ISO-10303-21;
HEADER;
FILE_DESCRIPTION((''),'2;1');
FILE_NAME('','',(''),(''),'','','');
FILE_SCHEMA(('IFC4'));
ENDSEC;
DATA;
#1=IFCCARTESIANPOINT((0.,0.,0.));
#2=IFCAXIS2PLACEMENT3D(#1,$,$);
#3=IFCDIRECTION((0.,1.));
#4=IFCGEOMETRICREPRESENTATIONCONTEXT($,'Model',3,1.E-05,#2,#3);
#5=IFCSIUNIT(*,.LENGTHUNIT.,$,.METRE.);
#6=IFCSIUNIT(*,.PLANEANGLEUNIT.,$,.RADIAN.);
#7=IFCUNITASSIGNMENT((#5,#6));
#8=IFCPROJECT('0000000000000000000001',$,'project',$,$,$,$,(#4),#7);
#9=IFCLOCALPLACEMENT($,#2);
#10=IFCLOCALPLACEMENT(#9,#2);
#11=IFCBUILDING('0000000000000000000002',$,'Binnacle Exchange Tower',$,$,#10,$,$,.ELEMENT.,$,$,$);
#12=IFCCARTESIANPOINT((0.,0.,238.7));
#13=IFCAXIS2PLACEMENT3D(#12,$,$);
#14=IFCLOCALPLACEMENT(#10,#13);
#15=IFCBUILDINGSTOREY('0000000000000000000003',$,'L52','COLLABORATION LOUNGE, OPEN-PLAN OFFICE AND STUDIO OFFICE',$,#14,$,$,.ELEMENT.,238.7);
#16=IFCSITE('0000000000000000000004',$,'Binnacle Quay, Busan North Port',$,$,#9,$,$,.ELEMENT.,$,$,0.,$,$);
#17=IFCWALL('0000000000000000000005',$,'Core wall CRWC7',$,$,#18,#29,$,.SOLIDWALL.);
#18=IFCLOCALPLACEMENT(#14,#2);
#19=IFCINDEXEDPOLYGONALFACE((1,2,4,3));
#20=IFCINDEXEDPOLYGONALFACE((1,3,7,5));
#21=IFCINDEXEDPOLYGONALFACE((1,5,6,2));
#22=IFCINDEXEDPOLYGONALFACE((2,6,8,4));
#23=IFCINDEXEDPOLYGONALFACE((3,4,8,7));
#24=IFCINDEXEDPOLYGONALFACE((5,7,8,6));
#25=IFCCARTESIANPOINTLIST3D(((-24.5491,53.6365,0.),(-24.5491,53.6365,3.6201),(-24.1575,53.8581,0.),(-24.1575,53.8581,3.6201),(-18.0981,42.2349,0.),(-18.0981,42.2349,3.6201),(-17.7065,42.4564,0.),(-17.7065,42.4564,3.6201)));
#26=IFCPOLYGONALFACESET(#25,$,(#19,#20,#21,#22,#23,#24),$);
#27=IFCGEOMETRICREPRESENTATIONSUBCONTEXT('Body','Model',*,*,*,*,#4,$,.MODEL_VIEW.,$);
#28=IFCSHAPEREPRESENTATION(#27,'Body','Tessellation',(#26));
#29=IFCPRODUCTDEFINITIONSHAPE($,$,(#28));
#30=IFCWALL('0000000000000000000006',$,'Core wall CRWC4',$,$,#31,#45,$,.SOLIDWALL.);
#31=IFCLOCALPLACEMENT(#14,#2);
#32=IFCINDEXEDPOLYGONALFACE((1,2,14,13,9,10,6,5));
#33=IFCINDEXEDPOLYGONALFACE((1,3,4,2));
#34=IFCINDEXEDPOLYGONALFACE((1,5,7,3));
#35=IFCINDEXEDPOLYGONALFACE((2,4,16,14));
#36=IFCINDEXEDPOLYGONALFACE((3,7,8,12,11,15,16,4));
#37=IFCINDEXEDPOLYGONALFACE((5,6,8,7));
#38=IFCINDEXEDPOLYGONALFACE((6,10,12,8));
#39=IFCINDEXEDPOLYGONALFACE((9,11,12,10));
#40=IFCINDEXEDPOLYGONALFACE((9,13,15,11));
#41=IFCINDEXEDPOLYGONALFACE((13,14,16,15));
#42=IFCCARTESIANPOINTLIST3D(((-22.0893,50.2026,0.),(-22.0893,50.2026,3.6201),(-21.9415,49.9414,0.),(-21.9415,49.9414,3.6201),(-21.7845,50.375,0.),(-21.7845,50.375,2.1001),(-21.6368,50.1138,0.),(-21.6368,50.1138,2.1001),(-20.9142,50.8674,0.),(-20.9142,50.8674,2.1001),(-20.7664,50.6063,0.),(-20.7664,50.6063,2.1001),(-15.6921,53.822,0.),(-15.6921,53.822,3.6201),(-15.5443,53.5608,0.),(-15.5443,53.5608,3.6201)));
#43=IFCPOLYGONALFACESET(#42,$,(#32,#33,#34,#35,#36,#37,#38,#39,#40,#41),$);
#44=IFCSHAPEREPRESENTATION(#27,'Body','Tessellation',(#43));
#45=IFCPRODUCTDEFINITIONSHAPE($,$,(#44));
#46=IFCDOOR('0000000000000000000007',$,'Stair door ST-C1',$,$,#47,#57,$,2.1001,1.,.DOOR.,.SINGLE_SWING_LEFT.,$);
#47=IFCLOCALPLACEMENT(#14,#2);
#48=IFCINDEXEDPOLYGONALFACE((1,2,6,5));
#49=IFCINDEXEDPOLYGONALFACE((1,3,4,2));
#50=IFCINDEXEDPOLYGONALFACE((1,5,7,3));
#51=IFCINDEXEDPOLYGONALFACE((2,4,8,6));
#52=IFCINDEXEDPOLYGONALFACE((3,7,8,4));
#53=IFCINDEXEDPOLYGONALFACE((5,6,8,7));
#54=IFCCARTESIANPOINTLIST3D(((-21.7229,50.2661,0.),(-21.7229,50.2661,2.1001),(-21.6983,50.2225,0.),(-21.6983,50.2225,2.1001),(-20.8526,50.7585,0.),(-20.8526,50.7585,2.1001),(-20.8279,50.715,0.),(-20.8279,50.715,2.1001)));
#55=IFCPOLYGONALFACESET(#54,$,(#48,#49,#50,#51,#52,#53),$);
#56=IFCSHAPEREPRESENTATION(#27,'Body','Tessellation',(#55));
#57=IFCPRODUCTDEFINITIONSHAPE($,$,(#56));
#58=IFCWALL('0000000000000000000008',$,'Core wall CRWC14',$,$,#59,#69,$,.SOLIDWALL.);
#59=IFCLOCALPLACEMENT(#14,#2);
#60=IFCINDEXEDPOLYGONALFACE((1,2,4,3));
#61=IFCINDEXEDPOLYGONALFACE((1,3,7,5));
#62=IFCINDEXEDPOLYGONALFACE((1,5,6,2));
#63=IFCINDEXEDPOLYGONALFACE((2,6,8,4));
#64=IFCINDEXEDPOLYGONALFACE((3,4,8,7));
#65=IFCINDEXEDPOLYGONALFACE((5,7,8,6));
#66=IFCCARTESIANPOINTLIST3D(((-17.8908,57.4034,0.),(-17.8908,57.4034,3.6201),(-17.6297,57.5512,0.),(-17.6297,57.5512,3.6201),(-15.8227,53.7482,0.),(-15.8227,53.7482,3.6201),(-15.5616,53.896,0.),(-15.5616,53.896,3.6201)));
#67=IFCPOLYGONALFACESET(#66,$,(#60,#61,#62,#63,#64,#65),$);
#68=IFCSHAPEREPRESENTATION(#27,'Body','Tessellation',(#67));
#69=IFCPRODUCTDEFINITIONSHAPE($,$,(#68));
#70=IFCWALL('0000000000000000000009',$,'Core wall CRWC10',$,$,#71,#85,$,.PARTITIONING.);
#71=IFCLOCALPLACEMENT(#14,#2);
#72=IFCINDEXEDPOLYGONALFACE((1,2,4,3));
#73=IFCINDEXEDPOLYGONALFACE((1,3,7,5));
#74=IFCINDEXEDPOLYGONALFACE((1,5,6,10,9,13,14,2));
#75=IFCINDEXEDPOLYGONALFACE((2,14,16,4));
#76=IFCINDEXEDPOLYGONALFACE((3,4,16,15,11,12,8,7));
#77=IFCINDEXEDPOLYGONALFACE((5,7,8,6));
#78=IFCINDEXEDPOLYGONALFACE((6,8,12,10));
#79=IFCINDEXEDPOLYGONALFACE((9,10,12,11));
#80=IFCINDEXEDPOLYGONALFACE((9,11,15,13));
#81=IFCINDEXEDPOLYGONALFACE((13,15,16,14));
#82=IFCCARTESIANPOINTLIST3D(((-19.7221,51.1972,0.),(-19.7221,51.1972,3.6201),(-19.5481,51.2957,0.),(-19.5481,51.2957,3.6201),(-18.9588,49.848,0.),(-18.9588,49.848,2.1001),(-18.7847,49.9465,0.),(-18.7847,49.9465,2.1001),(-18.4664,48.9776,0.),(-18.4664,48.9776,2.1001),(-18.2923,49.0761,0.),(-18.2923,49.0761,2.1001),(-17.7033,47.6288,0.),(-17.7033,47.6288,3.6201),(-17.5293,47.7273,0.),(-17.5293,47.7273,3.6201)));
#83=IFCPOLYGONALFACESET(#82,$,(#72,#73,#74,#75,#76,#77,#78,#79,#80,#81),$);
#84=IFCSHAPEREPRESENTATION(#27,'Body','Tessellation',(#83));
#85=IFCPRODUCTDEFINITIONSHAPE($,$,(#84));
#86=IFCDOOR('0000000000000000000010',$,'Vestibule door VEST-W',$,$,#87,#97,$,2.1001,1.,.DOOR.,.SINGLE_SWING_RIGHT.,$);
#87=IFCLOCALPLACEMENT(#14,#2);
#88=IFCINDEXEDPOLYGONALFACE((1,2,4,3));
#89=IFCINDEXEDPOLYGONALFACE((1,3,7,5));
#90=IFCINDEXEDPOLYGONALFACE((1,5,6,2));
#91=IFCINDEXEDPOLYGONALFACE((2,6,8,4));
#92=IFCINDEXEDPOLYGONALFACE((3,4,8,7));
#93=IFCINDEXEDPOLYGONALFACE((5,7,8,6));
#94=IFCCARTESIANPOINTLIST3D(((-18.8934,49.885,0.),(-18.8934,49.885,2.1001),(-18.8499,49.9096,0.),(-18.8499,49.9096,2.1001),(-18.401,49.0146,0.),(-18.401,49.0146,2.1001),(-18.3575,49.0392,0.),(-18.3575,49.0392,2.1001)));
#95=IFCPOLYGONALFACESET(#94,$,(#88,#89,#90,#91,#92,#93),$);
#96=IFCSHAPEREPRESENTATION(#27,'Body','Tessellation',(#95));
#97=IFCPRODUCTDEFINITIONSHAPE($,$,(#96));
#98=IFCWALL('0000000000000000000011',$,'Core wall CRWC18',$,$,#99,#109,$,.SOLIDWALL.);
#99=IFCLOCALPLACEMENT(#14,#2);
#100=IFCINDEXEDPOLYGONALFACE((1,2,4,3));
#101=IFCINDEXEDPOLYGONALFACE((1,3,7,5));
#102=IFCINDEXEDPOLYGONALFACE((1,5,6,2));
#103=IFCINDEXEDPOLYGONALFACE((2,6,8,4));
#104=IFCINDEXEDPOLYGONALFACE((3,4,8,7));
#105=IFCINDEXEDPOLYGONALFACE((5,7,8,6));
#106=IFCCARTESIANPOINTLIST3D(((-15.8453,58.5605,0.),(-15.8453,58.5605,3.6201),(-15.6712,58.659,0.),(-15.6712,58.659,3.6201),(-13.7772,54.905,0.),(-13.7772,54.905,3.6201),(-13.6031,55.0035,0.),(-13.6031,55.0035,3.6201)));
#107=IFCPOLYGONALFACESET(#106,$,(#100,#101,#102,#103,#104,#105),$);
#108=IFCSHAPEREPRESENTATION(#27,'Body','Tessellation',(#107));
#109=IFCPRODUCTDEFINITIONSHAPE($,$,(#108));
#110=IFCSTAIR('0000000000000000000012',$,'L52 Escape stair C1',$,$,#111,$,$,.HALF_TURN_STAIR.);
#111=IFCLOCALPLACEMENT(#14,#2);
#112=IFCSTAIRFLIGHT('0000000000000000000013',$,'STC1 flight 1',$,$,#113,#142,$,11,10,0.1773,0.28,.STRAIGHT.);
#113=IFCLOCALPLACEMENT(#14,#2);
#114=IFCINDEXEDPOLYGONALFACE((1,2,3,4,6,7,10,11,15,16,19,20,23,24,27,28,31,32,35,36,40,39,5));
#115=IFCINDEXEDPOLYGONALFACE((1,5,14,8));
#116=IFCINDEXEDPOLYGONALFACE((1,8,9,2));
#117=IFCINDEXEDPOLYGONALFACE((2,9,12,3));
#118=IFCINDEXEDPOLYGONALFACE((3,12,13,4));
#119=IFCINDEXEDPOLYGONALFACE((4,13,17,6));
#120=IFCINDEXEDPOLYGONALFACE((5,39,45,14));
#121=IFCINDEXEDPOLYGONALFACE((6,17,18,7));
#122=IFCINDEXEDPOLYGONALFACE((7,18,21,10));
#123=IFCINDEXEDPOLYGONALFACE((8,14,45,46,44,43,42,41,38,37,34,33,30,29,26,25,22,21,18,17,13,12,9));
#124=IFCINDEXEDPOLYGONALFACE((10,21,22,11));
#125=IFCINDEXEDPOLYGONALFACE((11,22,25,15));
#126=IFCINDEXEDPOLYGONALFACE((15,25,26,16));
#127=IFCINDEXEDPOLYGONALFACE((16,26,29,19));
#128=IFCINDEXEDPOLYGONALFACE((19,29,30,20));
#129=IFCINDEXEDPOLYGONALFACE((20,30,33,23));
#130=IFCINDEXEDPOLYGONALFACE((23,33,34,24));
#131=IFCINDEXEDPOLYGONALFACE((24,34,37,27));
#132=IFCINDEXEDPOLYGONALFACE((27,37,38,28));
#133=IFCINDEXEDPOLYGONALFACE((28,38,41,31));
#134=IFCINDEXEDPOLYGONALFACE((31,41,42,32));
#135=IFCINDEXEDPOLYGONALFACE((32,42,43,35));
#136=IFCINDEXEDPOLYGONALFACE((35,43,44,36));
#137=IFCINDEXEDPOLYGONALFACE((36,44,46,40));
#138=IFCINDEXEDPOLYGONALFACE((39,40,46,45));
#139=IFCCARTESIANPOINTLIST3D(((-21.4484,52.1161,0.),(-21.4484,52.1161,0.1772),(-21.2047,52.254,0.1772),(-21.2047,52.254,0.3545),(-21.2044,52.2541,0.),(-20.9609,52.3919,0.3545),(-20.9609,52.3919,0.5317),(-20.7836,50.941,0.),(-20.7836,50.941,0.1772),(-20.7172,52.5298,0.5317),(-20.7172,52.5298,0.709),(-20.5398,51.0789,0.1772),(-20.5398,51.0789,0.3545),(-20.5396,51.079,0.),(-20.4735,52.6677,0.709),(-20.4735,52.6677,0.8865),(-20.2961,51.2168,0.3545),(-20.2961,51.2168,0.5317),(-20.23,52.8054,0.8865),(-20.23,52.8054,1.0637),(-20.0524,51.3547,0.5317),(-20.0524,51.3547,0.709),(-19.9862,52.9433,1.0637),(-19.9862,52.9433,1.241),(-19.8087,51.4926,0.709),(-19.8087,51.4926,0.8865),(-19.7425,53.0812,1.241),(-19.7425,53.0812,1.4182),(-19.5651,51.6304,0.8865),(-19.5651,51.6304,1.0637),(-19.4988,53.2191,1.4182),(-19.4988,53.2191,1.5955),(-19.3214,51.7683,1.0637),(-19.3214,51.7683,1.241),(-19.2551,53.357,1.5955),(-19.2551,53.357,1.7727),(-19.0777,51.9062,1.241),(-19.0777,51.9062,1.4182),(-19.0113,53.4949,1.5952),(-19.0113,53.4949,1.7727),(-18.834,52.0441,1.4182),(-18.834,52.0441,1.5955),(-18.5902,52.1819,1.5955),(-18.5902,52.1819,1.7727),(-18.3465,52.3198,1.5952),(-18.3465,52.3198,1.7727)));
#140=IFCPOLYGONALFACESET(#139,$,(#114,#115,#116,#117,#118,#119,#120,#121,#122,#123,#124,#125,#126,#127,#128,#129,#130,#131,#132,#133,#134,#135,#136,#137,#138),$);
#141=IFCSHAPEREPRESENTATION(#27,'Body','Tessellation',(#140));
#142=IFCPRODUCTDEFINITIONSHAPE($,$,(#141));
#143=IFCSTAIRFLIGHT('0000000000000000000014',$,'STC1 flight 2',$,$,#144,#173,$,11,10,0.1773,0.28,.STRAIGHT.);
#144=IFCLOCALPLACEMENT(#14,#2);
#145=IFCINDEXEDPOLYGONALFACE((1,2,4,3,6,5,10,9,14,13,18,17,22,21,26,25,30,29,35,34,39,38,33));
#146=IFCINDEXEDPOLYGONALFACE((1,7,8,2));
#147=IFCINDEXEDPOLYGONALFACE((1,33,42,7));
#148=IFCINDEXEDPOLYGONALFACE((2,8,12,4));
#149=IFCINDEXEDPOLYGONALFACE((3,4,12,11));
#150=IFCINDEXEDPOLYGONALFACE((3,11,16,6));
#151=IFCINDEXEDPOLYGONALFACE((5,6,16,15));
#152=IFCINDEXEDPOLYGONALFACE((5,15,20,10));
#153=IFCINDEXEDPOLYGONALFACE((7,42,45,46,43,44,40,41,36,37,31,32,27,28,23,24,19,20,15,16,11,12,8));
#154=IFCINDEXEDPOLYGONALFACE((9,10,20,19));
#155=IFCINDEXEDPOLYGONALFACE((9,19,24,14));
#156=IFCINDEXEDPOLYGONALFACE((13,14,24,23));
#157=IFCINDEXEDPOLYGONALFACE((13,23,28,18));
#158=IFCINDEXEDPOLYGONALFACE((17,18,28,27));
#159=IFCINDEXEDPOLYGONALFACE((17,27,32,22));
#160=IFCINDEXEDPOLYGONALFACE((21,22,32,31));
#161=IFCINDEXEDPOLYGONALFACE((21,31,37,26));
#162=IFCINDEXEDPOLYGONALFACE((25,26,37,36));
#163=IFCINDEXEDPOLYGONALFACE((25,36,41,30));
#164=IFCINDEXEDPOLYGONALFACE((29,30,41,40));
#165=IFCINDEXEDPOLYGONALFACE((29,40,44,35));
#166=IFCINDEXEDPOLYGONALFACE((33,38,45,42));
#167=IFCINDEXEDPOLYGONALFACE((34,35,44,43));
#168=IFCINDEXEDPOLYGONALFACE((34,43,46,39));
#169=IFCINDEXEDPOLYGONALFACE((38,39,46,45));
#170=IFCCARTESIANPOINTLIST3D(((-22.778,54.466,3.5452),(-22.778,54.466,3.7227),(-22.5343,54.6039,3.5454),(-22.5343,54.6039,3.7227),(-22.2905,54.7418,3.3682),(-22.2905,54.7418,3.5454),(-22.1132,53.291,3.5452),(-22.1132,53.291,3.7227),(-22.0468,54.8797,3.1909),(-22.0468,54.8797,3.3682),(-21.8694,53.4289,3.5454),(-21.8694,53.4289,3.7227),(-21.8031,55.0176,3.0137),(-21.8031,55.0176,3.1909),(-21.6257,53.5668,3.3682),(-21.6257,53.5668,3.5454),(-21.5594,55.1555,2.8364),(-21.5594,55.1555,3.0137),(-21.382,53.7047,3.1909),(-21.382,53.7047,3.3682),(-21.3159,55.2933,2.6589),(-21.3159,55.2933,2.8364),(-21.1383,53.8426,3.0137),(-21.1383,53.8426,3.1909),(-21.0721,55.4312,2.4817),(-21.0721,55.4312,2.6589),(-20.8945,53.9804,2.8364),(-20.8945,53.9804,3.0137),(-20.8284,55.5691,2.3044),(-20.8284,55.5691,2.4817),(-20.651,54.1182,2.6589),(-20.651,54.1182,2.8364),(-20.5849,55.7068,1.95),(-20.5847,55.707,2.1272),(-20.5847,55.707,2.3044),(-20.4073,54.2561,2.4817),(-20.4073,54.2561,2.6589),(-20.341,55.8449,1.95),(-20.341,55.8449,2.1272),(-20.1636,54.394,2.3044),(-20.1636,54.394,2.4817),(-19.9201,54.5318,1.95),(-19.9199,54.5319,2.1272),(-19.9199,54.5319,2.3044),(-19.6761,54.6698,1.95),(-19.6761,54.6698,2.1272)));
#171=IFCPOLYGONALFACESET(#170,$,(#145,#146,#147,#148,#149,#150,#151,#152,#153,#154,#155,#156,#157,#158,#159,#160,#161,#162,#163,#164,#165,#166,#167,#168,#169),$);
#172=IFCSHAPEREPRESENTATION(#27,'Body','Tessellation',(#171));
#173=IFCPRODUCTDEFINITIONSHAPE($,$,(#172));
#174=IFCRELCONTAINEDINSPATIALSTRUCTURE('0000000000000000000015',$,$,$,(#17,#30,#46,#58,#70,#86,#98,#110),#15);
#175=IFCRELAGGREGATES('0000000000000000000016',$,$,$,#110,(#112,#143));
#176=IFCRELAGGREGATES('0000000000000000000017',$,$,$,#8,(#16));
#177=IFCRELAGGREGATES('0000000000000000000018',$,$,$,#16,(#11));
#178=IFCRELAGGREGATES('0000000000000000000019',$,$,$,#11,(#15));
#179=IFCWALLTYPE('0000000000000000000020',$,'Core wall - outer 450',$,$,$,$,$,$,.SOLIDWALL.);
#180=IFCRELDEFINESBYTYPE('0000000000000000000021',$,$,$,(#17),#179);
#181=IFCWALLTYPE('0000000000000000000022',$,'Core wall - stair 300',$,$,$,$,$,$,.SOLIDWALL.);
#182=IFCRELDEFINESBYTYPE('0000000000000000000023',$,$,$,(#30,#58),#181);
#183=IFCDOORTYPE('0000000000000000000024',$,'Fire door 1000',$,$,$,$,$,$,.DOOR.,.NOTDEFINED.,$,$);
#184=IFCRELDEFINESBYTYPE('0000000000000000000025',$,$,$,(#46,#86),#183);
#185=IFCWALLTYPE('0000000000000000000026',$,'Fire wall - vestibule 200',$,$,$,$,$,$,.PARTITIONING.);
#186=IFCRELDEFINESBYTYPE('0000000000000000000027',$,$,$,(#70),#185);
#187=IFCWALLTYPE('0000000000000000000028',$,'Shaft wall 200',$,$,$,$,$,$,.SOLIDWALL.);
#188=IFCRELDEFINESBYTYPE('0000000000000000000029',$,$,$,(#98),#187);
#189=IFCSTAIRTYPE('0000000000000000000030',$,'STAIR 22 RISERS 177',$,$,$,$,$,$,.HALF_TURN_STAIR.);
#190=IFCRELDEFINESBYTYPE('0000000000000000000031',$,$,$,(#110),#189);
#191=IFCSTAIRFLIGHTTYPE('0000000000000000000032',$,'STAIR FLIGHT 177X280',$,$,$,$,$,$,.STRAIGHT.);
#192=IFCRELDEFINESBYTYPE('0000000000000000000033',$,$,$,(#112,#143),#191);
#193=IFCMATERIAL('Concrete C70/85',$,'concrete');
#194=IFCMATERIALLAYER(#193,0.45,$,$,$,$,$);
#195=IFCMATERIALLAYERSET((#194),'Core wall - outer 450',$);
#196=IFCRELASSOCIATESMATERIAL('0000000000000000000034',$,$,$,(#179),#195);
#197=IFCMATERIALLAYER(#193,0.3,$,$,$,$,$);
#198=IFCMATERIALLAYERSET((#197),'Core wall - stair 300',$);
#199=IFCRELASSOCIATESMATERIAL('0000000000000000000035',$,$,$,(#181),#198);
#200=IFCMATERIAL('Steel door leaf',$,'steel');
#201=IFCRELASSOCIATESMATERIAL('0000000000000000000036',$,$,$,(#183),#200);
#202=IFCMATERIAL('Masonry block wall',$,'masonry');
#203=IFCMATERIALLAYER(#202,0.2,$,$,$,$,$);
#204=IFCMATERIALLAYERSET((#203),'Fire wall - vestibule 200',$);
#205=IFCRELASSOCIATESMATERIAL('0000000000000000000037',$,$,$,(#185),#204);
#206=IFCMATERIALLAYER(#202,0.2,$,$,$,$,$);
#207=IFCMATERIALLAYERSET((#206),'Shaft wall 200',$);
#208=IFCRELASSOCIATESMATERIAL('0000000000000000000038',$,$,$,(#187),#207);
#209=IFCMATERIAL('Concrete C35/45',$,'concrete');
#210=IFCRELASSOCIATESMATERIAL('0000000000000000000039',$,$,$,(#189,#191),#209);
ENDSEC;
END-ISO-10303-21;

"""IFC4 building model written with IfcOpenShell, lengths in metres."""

from ifc_helpers import new_model, si_unit, direction, frame, frame_2d, origin, place, context, subcontext, project, spatial, polyline, rectangle, outline, extrude, material, layer, layer_set, type_object, element, fill, aggregate, save


model = new_model("IFC4")

# Units and contexts
model_context = context("Model", 3, precision=1e-05, world=origin(), true_north=direction((0.0, 1.0)))
body_context = subcontext(model_context, "Body", "Model", "MODEL_VIEW")
ifc_project = project(units=[si_unit("LENGTHUNIT", "METRE"), si_unit("PLANEANGLEUNIT", "RADIAN")], contexts=[model_context])

# Site, building, storey
site_placement = place(None, origin())
site = spatial("IfcSite", under=ifc_project, at=site_placement, Name="Binnacle Quay, Busan North Port", CompositionType="ELEMENT", RefElevation=0.0)
building_placement = place(site_placement, origin())
building = spatial("IfcBuilding", under=site, at=building_placement, Name="Binnacle Exchange Tower", CompositionType="ELEMENT")
storey_placement = place(building_placement, frame((0.0, 0.0, 238.7)))
storey = spatial("IfcBuildingStorey", under=building, at=storey_placement, Name="L52", Description="COLLABORATION LOUNGE, OPEN-PLAN OFFICE AND STUDIO OFFICE", CompositionType="ELEMENT", Elevation=238.7)

# Wall
ifc_material_1 = material(Name="Concrete C70/85", Category="concrete")
ifc_layer_1 = layer(ifc_material_1, 0.45)
ifc_layer_set_1 = layer_set([ifc_layer_1], Name="Core wall - outer 450")
wall_type_1 = type_object("IfcWallType", Name="Core wall - outer 450", PredefinedType="SOLIDWALL", material=ifc_layer_set_1)
wall_1_placement = place(storey_placement, frame((-24.3533, 53.7473, 0.0), z_axis=(0.0, 0.0, 1.0), x_axis=(0.492435, -0.870349, 0.0)))
element("IfcWall", 1, at=wall_1_placement, inside=storey, type_object=wall_type_1, Name="Core wall CRWC7", PredefinedType="SOLIDWALL", context=body_context, shape_type="SweptSolid", body=[
    extrude(rectangle(XDim=13.1001, YDim=0.45, at=frame_2d((6.55, 0.0))), origin(), (0.0, 0.0, 1.0), 3.6201),
])

# Wall, opening, door
ifc_layer_2 = layer(ifc_material_1, 0.3)
ifc_layer_set_2 = layer_set([ifc_layer_2], Name="Core wall - stair 300")
wall_type_2 = type_object("IfcWallType", Name="Core wall - stair 300", PredefinedType="SOLIDWALL", material=ifc_layer_set_2)
wall_2_placement = place(storey_placement, frame((-22.0154, 50.072, 0.0), z_axis=(0.0, 0.0, 1.0), x_axis=(0.870355, 0.492425, 0.0)))
wall_2 = element("IfcWall", 2, at=wall_2_placement, inside=storey, type_object=wall_type_2, Name="Core wall CRWC4", PredefinedType="SOLIDWALL", context=body_context, shape_type="SweptSolid", body=[
    extrude(rectangle(XDim=7.3501, YDim=0.3, at=frame_2d((3.675, 0.0))), origin(), (0.0, 0.0, 1.0), 3.6201),
])
opening_1_placement = place(wall_2_placement, frame((0.3501, 0.0, 0.0)))
opening_1 = element("IfcOpeningElement", 3, at=opening_1_placement, cuts=wall_2, PredefinedType="OPENING", context=body_context, shape_type="SweptSolid", body=[
    extrude(rectangle(XDim=1.0, YDim=2.1001, at=frame_2d((0.5, 1.05))), frame((0.0, 0.1599, 0.0), z_axis=(0.0, -1.0, 0.0), x_axis=(1.0, 0.0, 0.0)), (0.0, 0.0, 1.0), 0.3201),
])
ifc_material_2 = material(Name="Steel door leaf", Category="steel")
door_type = type_object("IfcDoorType", Name="Fire door 1000", OperationType="NOTDEFINED", PredefinedType="DOOR", material=ifc_material_2)
door_1_placement = place(opening_1_placement, origin())
door_1 = element("IfcDoor", 4, at=door_1_placement, inside=storey, type_object=door_type, Name="Stair door ST-C1", OperationType="SINGLE_SWING_LEFT", OverallHeight=2.1001, OverallWidth=1.0, PredefinedType="DOOR", context=body_context, shape_type="SweptSolid", body=[
    extrude(rectangle(XDim=1.0, YDim=2.1001, at=frame_2d((0.5, 1.05))), frame((0.0, 0.0249, 0.0), z_axis=(0.0, -1.0, 0.0), x_axis=(1.0, 0.0, 0.0)), (0.0, 0.0, 1.0), 0.05),
])
fill(opening_1, door_1)

# Wall
wall_3_placement = place(storey_placement, frame((-17.7603, 57.4773, 0.0), z_axis=(0.0, 0.0, 1.0), x_axis=(0.492435, -0.870349, 0.0)))
element("IfcWall", 5, at=wall_3_placement, inside=storey, type_object=wall_type_2, Name="Core wall CRWC14", PredefinedType="SOLIDWALL", context=body_context, shape_type="SweptSolid", body=[
    extrude(rectangle(XDim=4.1997, YDim=0.3, at=frame_2d((2.0999, 0.0))), origin(), (0.0, 0.0, 1.0), 3.6201),
])

# Wall, opening, door
ifc_material_3 = material(Name="Masonry block wall", Category="masonry")
ifc_layer_3 = layer(ifc_material_3, 0.2)
ifc_layer_set_3 = layer_set([ifc_layer_3], Name="Fire wall - vestibule 200")
wall_type_3 = type_object("IfcWallType", Name="Fire wall - vestibule 200", PredefinedType="PARTITIONING", material=ifc_layer_set_3)
wall_4_placement = place(storey_placement, frame((-19.635, 51.2463, 0.0), z_axis=(0.0, 0.0, 1.0), x_axis=(0.492408, -0.870364, 0.0)))
wall_4 = element("IfcWall", 6, at=wall_4_placement, inside=storey, type_object=wall_type_3, Name="Core wall CRWC10", PredefinedType="PARTITIONING", context=body_context, shape_type="SweptSolid", body=[
    extrude(rectangle(XDim=4.0999, YDim=0.2, at=frame_2d((2.0498, 0.0))), origin(), (0.0, 0.0, 1.0), 3.6201),
])
opening_2_placement = place(wall_4_placement, frame((1.55, 0.0, 0.0)))
opening_2 = element("IfcOpeningElement", 7, at=opening_2_placement, cuts=wall_4, PredefinedType="OPENING", context=body_context, shape_type="SweptSolid", body=[
    extrude(rectangle(XDim=1.0, YDim=2.1001, at=frame_2d((0.5, 1.05))), frame((0.0, 0.1099, 0.0), z_axis=(0.0, -1.0, 0.0), x_axis=(1.0, 0.0, 0.0)), (0.0, 0.0, 1.0), 0.22),
])
door_2_placement = place(opening_2_placement, frame((1.0, 0.0, 0.0), z_axis=(0.0, 0.0, 1.0), x_axis=(-1.0, 0.0, 0.0)))
door_2 = element("IfcDoor", 8, at=door_2_placement, inside=storey, type_object=door_type, Name="Vestibule door VEST-W", OperationType="SINGLE_SWING_RIGHT", OverallHeight=2.1001, OverallWidth=1.0, PredefinedType="DOOR", context=body_context, shape_type="SweptSolid", body=[
    extrude(rectangle(XDim=1.0, YDim=2.1001, at=frame_2d((0.5, 1.05))), frame((0.0, 0.0249, 0.0), z_axis=(0.0, -1.0, 0.0), x_axis=(1.0, 0.0, 0.0)), (0.0, 0.0, 1.0), 0.05),
])
fill(opening_2, door_2)

# Wall
ifc_layer_4 = layer(ifc_material_3, 0.2)
ifc_layer_set_4 = layer_set([ifc_layer_4], Name="Shaft wall 200")
wall_type_4 = type_object("IfcWallType", Name="Shaft wall 200", PredefinedType="SOLIDWALL", material=ifc_layer_set_4)
wall_5_placement = place(storey_placement, frame((-15.7583, 58.6099, 0.0), z_axis=(0.0, 0.0, 1.0), x_axis=(0.49241, -0.870364, 0.0)))
element("IfcWall", 9, at=wall_5_placement, inside=storey, type_object=wall_type_4, Name="Core wall CRWC18", PredefinedType="SOLIDWALL", context=body_context, shape_type="SweptSolid", body=[
    extrude(rectangle(XDim=4.2, YDim=0.2, at=frame_2d((2.1001, 0.0))), origin(), (0.0, 0.0, 1.0), 3.6201),
])

# Stair, stair flights
ifc_material_4 = material(Name="Concrete C35/45", Category="concrete")
stair_type = type_object("IfcStairType", Name="STAIR 22 RISERS 177", PredefinedType="HALF_TURN_STAIR", material=ifc_material_4)
stair_placement = place(storey_placement, origin())
stair = element("IfcStair", 10, at=stair_placement, inside=storey, type_object=stair_type, Name="L52 Escape stair C1", PredefinedType="HALF_TURN_STAIR")
stair_flight_type = type_object("IfcStairFlightType", Name="STAIR FLIGHT 177X280", PredefinedType="STRAIGHT", material=ifc_material_4)
stair_flight_1_placement = place(storey_placement, frame((-21.116, 51.5286, 0.0), z_axis=(0.0, 0.0, 1.0), x_axis=(0.870356, 0.492424, 0.0)))
stair_flight_1 = element("IfcStairFlight", 11, at=stair_flight_1_placement, type_object=stair_flight_type, Name="STC1 flight 1", NumberOfRisers=11, NumberOfTreads=10, PredefinedType="STRAIGHT", RiserHeight=0.1773, TreadLength=0.28, context=body_context, shape_type="SweptSolid", body=[
    extrude(outline(polyline([(0.0, 0.0), (0.0, 0.1772), (0.28, 0.1772), (0.28, 0.3545), (0.5601, 0.3545), (0.5601, 0.5317), (0.8401, 0.5317), (0.8401, 0.709), (1.1201, 0.709), (1.1201, 0.8865), (1.3999, 0.8865), (1.3999, 1.0637), (1.6799, 1.0637), (1.6799, 1.241), (1.96, 1.241), (1.96, 1.4182), (2.24, 1.4182), (2.24, 1.5955), (2.52, 1.5955), (2.52, 1.7727), (2.8, 1.7727), (2.8, 1.95), (2.8, 1.5952), (0.2803, 0.0), (0.0, 0.0)])), frame((0.0, 0.675, 0.0), z_axis=(0.0, -1.0, 0.0), x_axis=(1.0, 0.0, 0.0)), (0.0, 0.0, 1.0), 1.3501),
])
stair_flight_2_placement = place(storey_placement, frame((-20.0085, 55.2573, 1.95), z_axis=(0.0, 0.0, 1.0), x_axis=(-0.870356, -0.492424, 0.0)))
stair_flight_2 = element("IfcStairFlight", 12, at=stair_flight_2_placement, type_object=stair_flight_type, Name="STC1 flight 2", NumberOfRisers=11, NumberOfTreads=10, PredefinedType="STRAIGHT", RiserHeight=0.1773, TreadLength=0.28, context=body_context, shape_type="SweptSolid", body=[
    extrude(outline(polyline([(0.0, 0.0), (0.0, 0.1772), (0.28, 0.1772), (0.28, 0.3545), (0.5601, 0.3545), (0.5601, 0.5317), (0.8401, 0.5317), (0.8401, 0.709), (1.1201, 0.709), (1.1201, 0.8865), (1.3999, 0.8865), (1.3999, 1.0637), (1.6799, 1.0637), (1.6799, 1.241), (1.96, 1.241), (1.96, 1.4182), (2.24, 1.4182), (2.24, 1.5955), (2.52, 1.5955), (2.52, 1.7727), (2.8, 1.7727), (2.8, 1.95), (2.8, 1.5952), (0.2803, 0.0), (0.0, 0.0)])), frame((0.0, 0.675, 0.0), z_axis=(0.0, -1.0, 0.0), x_axis=(1.0, 0.0, 0.0)), (0.0, 0.0, 1.0), 1.3501),
])
aggregate(stair, [stair_flight_1, stair_flight_2])

save(model, "model.ifc")
